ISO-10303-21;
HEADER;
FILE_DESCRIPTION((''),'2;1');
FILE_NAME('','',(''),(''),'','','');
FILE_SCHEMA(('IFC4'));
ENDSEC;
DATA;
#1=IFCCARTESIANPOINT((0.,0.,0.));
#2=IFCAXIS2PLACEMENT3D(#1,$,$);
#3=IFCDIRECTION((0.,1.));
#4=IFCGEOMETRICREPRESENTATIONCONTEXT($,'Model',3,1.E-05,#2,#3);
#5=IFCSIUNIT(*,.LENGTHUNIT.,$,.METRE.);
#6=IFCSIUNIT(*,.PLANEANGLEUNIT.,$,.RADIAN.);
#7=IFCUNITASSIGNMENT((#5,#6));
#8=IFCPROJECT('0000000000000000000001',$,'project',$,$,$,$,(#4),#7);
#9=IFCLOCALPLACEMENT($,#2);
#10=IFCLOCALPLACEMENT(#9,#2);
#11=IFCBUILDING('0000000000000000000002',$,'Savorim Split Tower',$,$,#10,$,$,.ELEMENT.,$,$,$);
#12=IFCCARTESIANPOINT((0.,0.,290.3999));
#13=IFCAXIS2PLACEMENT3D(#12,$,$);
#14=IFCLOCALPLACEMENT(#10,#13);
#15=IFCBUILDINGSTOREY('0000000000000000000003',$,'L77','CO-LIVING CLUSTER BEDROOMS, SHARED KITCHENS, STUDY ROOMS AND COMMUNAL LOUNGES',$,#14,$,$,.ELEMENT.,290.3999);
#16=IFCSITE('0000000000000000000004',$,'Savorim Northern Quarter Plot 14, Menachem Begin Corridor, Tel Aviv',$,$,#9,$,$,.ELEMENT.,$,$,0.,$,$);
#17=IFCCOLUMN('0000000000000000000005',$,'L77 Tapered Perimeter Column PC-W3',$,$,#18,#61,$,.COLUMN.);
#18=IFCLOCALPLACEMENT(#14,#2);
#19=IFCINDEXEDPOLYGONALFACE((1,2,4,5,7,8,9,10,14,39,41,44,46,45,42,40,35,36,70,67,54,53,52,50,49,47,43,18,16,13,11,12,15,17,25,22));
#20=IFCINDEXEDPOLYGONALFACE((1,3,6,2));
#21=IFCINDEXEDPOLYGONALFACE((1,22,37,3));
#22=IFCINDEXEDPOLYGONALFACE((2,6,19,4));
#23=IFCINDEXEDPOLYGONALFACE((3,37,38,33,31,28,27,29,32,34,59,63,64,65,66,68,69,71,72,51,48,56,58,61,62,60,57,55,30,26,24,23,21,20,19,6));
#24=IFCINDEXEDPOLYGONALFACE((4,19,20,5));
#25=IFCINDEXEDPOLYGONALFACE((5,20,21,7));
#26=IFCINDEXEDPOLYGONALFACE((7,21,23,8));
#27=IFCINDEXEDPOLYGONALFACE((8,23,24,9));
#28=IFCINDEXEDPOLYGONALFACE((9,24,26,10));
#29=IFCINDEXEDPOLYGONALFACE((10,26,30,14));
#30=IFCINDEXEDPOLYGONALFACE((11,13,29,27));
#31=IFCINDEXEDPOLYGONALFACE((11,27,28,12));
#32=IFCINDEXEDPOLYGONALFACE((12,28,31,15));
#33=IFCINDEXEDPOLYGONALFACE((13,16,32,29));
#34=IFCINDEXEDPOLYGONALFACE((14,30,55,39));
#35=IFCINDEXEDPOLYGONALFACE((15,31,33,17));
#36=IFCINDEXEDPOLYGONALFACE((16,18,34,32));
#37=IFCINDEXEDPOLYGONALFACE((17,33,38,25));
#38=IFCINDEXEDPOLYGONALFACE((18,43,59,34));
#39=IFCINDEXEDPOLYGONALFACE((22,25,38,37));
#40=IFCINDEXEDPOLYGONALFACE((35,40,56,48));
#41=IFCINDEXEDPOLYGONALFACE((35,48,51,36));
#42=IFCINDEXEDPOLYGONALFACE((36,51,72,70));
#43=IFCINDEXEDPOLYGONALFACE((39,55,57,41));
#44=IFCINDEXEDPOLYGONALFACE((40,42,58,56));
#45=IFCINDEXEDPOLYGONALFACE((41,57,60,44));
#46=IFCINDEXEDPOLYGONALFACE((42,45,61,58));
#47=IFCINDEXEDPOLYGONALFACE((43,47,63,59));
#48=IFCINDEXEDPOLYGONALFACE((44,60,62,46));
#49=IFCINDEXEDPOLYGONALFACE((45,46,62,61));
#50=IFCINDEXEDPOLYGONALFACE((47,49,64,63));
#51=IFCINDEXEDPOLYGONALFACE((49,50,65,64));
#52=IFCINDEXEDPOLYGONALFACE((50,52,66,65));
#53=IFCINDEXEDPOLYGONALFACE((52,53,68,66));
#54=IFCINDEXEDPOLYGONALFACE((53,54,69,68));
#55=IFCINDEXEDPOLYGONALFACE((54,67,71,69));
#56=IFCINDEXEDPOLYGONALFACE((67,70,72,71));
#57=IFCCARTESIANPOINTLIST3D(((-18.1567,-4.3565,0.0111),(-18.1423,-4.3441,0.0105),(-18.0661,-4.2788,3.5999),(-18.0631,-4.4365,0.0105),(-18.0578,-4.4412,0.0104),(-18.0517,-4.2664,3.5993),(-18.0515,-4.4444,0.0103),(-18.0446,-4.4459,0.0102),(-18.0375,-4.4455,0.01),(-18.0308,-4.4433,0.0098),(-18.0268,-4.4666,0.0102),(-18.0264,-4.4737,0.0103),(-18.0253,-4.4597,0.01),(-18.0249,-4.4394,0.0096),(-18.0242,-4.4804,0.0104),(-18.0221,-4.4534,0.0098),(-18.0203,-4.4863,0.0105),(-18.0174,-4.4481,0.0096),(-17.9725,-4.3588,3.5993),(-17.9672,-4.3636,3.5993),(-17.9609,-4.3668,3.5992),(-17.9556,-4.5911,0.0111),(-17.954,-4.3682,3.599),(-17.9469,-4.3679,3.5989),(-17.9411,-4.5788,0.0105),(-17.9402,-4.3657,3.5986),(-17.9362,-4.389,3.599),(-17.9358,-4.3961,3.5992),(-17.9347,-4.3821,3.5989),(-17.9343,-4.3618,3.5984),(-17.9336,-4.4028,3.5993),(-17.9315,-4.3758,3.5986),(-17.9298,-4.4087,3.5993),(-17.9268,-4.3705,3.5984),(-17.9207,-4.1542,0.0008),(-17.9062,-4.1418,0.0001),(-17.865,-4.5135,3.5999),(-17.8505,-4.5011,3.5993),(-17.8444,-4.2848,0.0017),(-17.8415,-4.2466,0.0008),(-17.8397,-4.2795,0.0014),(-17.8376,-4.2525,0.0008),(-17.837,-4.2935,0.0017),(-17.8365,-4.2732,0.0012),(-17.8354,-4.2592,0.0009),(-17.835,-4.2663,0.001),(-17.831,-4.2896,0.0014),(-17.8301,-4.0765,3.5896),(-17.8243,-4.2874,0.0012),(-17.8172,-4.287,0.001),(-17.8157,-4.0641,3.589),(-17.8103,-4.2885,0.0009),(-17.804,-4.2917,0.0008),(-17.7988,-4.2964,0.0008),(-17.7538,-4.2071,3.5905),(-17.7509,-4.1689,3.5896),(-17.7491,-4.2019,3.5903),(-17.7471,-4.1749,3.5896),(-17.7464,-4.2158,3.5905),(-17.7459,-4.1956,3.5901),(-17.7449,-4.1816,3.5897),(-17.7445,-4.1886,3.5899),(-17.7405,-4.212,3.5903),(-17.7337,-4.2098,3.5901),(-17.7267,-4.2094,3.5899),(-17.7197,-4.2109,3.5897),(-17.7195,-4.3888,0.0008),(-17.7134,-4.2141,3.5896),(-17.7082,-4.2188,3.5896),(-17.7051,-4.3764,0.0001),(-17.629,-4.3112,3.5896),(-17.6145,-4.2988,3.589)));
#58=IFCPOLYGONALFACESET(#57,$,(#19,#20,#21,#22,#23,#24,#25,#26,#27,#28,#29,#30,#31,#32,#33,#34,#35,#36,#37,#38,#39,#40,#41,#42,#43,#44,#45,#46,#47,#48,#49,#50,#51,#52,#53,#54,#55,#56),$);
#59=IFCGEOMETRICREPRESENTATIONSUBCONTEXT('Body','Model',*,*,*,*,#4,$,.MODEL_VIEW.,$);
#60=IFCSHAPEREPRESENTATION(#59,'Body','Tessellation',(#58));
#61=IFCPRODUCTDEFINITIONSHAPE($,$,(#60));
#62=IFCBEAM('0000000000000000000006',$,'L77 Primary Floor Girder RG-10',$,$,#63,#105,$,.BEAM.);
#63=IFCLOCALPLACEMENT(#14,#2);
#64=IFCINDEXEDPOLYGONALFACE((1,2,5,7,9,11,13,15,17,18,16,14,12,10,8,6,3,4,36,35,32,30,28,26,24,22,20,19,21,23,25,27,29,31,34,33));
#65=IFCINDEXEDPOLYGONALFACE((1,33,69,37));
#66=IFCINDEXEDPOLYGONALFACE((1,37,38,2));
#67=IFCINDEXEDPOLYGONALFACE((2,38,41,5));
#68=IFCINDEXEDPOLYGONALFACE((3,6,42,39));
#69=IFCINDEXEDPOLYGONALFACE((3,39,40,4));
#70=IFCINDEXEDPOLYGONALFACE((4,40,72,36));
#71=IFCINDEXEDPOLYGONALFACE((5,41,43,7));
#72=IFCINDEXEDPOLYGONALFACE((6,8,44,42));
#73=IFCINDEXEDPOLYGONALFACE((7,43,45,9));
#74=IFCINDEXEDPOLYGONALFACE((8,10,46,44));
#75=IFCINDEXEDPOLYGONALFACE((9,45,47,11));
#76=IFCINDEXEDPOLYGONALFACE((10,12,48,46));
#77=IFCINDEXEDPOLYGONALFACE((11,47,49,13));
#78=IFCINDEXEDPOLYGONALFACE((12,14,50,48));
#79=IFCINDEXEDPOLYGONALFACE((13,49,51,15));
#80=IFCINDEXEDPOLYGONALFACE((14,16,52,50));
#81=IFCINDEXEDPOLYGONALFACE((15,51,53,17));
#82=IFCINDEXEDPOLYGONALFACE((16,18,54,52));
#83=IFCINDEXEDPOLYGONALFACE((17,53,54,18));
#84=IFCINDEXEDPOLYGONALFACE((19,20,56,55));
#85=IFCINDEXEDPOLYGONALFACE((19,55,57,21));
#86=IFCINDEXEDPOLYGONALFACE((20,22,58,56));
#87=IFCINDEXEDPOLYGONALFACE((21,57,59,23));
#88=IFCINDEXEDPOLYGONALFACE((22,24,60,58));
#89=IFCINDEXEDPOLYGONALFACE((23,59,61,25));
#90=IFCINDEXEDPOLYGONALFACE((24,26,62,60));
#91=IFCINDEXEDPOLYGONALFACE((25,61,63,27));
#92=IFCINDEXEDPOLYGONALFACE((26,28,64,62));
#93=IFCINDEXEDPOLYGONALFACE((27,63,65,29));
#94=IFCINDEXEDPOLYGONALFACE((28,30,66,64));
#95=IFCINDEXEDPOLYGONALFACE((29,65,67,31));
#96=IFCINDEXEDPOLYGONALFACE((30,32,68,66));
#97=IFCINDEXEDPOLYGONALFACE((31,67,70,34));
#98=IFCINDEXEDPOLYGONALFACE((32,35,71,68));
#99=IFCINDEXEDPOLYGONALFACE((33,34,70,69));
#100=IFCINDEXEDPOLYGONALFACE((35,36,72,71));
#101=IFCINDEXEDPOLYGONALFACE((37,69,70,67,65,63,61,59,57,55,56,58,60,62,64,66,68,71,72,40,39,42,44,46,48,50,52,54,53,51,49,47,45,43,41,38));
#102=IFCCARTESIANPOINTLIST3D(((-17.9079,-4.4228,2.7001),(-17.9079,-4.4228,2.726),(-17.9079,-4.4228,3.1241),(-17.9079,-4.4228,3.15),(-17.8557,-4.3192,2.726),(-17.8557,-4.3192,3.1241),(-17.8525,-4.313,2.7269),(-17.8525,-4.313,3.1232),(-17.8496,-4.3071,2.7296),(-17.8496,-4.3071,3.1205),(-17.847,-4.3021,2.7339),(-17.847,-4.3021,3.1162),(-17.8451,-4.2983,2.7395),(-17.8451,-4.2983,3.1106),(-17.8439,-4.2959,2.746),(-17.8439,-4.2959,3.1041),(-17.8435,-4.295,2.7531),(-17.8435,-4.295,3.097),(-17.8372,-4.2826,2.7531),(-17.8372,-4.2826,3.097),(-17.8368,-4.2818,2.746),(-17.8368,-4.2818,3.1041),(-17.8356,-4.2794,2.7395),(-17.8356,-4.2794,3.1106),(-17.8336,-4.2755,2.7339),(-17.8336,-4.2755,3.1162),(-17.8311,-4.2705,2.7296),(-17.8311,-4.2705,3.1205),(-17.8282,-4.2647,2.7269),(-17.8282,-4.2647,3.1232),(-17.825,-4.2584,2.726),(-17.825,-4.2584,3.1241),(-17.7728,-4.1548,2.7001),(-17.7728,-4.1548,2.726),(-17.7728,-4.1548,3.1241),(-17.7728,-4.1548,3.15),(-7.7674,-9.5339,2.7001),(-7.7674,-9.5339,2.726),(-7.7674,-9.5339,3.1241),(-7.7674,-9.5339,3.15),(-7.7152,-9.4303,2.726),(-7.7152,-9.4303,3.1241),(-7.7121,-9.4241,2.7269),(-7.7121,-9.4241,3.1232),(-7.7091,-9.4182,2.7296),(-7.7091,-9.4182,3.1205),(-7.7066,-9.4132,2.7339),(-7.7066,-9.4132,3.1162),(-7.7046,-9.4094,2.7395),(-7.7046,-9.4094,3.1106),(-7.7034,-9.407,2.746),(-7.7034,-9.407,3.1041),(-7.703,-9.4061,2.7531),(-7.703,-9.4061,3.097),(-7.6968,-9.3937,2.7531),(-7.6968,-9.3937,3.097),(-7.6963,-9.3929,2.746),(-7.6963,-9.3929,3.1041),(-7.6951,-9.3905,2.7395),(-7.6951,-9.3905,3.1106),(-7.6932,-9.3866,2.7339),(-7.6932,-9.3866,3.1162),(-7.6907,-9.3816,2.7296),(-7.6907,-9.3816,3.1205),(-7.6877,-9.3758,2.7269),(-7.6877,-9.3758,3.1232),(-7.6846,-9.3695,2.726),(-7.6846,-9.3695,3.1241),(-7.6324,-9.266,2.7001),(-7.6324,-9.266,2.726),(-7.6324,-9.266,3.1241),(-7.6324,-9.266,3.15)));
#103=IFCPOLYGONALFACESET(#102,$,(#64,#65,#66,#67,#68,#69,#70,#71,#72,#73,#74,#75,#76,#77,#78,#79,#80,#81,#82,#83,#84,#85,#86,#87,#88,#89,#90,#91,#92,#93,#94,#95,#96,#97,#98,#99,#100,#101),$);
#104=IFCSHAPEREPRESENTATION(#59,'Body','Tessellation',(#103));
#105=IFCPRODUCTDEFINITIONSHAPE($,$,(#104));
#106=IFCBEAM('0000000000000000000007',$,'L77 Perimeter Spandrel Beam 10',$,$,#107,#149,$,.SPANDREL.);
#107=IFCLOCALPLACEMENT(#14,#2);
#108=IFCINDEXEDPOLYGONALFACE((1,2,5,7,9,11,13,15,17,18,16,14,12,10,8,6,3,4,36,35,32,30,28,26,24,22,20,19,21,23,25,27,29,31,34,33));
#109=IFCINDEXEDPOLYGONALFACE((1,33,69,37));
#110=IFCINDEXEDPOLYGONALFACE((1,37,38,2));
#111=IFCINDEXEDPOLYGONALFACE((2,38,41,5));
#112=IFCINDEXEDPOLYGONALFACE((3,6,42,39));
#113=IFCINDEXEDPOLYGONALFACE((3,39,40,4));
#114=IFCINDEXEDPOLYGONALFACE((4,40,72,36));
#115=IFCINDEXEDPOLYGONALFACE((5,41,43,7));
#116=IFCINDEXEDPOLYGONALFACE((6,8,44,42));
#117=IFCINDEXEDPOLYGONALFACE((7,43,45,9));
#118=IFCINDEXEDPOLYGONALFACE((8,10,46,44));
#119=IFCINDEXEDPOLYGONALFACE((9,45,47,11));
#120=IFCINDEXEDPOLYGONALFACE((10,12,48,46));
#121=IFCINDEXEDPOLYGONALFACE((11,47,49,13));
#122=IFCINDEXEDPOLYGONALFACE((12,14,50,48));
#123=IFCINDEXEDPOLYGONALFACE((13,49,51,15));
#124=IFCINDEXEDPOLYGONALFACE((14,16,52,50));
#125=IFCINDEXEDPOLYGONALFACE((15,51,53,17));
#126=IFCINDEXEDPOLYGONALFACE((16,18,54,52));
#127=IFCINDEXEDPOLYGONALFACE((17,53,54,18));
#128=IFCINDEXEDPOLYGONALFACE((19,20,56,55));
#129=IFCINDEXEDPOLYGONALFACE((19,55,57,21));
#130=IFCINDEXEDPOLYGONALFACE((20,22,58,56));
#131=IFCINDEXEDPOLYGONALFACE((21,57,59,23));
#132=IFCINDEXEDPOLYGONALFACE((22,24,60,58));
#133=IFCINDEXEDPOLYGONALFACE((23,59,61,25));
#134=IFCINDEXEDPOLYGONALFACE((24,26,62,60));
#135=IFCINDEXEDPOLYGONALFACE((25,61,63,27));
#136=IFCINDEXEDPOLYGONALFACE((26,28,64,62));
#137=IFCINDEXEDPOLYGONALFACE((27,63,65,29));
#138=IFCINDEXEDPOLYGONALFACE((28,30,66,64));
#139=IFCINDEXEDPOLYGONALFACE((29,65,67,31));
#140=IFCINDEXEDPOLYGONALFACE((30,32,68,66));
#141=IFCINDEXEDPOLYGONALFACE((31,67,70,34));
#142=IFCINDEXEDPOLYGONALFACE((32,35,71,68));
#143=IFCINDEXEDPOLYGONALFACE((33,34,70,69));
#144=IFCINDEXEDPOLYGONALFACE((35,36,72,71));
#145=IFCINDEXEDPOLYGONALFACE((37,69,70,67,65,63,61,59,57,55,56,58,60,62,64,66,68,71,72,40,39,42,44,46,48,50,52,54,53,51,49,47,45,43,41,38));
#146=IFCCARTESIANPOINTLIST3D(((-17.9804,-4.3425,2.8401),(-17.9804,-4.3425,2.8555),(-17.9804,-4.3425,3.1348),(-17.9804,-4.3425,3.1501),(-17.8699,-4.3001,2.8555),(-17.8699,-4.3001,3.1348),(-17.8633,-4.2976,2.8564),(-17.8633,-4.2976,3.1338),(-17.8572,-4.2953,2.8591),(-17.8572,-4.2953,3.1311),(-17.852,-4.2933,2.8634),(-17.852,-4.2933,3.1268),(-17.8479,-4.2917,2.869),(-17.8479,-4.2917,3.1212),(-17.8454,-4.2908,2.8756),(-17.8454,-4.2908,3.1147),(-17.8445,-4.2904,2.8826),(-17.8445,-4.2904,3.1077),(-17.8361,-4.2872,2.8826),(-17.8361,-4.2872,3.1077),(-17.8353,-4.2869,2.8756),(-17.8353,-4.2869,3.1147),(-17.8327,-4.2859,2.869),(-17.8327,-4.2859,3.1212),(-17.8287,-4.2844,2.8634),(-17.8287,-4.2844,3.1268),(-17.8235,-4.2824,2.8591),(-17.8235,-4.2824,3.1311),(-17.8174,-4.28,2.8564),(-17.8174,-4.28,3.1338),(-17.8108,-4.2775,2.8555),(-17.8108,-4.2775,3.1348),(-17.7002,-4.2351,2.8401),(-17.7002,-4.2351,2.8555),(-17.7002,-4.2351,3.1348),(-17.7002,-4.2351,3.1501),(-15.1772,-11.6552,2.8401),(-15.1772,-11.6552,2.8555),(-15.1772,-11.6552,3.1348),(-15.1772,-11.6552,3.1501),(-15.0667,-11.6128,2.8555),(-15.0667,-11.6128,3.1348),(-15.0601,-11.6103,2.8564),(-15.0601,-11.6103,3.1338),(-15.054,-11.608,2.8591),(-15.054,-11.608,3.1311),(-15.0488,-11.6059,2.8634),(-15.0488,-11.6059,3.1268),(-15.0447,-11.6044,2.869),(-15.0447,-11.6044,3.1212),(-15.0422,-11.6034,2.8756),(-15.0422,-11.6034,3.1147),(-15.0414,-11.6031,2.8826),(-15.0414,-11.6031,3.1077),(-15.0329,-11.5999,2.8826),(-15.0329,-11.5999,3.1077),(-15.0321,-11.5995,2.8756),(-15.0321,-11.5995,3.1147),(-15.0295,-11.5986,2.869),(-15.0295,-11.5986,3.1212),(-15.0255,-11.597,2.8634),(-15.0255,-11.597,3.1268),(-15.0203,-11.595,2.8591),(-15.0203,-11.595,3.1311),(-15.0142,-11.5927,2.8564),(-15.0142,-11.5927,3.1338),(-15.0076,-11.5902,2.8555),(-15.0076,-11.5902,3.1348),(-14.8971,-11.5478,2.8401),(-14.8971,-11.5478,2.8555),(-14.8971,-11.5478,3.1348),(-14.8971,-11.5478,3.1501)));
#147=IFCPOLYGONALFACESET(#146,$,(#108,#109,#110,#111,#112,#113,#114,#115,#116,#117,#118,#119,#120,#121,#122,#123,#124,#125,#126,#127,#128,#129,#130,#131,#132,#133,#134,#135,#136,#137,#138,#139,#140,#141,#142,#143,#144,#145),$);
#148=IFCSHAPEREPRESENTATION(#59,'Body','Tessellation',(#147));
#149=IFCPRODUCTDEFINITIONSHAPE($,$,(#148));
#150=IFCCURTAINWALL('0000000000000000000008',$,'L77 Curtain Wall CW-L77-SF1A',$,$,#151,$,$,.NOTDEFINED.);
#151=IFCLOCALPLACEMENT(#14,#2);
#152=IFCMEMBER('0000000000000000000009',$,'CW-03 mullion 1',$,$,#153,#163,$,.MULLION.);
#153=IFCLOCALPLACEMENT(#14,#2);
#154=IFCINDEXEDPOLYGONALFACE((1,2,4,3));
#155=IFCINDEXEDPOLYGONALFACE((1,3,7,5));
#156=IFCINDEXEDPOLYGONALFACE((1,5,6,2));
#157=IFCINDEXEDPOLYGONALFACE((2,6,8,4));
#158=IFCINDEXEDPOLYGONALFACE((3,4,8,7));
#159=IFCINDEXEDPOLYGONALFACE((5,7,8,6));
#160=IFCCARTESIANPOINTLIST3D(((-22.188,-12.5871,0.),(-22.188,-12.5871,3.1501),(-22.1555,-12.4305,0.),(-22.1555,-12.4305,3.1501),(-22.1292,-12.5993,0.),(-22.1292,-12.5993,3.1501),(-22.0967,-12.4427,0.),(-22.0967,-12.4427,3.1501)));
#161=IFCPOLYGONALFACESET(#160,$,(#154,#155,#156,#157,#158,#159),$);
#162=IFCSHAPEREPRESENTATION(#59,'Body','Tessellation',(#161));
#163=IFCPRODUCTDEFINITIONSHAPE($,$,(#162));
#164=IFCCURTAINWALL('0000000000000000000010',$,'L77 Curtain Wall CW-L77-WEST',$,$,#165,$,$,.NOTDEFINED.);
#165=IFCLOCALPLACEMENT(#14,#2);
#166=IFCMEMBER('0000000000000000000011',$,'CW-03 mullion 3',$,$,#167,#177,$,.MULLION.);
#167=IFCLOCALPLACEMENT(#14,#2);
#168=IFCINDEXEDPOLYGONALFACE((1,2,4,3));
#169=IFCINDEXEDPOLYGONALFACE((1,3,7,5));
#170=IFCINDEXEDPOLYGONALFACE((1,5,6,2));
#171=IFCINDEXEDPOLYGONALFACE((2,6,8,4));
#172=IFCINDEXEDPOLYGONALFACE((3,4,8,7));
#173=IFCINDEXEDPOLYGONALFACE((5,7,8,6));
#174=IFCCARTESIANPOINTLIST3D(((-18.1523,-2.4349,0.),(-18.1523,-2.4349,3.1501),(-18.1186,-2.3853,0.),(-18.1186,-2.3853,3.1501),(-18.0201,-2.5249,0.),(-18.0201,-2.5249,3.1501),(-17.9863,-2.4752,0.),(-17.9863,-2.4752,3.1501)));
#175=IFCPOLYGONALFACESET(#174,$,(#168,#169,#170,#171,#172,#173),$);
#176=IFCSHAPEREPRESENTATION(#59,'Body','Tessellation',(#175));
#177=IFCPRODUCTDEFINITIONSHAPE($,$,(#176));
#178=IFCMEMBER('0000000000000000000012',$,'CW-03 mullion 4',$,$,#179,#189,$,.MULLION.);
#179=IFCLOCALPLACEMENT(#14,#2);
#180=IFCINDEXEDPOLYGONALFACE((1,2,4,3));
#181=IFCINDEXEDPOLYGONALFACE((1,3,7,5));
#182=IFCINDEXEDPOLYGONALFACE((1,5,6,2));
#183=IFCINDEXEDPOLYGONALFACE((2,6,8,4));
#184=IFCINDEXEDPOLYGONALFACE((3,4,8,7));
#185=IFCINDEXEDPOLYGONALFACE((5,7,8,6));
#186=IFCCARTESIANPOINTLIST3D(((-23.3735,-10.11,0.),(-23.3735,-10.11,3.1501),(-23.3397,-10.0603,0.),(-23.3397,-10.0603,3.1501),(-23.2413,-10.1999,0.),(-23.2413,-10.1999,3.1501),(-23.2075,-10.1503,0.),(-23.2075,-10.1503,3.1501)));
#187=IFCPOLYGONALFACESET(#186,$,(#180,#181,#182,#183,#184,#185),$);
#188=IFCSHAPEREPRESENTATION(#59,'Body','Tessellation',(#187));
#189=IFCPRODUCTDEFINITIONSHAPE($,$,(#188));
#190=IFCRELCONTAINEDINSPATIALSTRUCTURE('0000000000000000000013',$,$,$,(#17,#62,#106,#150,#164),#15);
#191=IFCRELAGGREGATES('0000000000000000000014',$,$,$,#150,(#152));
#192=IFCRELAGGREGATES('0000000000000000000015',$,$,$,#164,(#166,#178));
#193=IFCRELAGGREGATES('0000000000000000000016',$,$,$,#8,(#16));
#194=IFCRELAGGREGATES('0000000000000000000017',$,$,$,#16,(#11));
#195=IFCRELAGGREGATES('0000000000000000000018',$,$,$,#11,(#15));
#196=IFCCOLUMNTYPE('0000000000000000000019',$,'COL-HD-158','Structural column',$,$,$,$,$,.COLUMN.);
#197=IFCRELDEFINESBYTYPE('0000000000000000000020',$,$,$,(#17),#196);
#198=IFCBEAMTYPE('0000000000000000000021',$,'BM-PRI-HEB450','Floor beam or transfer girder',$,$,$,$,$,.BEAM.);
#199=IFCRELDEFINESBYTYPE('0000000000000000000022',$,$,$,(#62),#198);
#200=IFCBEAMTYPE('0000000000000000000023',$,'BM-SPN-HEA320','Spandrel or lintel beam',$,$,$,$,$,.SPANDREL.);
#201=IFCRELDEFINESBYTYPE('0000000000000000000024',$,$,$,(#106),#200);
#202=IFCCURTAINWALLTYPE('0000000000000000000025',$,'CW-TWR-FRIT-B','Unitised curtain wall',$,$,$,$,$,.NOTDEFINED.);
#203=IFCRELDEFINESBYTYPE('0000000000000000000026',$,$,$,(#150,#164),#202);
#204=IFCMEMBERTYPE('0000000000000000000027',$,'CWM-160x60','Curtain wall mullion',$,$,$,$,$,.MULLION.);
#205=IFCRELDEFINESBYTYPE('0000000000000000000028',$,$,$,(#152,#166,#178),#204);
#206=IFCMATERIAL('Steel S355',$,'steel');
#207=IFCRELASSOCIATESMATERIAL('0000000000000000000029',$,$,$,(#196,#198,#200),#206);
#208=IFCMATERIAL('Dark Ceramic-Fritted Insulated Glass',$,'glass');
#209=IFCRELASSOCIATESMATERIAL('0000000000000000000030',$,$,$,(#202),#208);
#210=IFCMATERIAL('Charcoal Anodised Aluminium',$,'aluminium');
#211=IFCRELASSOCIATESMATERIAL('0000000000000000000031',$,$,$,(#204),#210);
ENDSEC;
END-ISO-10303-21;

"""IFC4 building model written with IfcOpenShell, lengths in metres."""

from ifc_helpers import new_model, si_unit, direction, frame, origin, origin_2d, place, context, subcontext, project, spatial, rectangle, i_section, extrude, material, material_profile, profile_set, type_object, element, aggregate, save


model = new_model("IFC4")

# Units and contexts
model_context = context("Model", 3, precision=1e-05, world=origin(), true_north=direction((0.0, 1.0)))
body_context = subcontext(model_context, "Body", "Model", "MODEL_VIEW")
ifc_project = project(units=[si_unit("LENGTHUNIT", "METRE"), si_unit("PLANEANGLEUNIT", "RADIAN")], contexts=[model_context])

# Site, building, storey
site_placement = place(None, origin())
site = spatial("IfcSite", under=ifc_project, at=site_placement, Name="Savorim Northern Quarter Plot 14, Menachem Begin Corridor, Tel Aviv", CompositionType="ELEMENT", RefElevation=0.0)
building_placement = place(site_placement, origin())
building = spatial("IfcBuilding", under=site, at=building_placement, Name="Savorim Split Tower", CompositionType="ELEMENT")
storey_placement = place(building_placement, frame((0.0, 0.0, 290.3999)))
storey = spatial("IfcBuildingStorey", under=building, at=storey_placement, Name="L77", Description="CO-LIVING CLUSTER BEDROOMS, SHARED KITCHENS, STUDY ROOMS AND COMMUNAL LOUNGES", CompositionType="ELEMENT", Elevation=290.3999)

# Column
ifc_material_1 = material(Name="Steel S355", Category="steel")
ifc_material_profile_1 = material_profile(ifc_material_1, i_section(OverallWidth=0.3091, OverallDepth=0.3301, WebThickness=0.0115, FlangeThickness=0.019, FilletRadius=0.0271, at=origin_2d()), Name="HD 320x158")
ifc_profile_set_1 = profile_set([ifc_material_profile_1], Name="Steel S355")
column_type = type_object("IfcColumnType", Name="COL-HD-158", Description="Structural column", PredefinedType="COLUMN", material=ifc_profile_set_1)
column_placement = place(storey_placement, frame((-17.9309, -4.3665, 0.0056), z_axis=(0.025224, 0.021621, 0.999448), x_axis=(-0.650791, 0.759257, 0.0)))
element("IfcColumn", 1, at=column_placement, inside=storey, type_object=column_type, Name="L77 Tapered Perimeter Column PC-W3", PredefinedType="COLUMN", context=body_context, shape_type="SweptSolid", body=[
    extrude(i_section(OverallWidth=0.3091, OverallDepth=0.3301, WebThickness=0.0115, FlangeThickness=0.019, FilletRadius=0.0271, at=origin_2d()), origin(), (0.0, 0.0, 1.0), 3.5908),
])

# Beams
ifc_material_profile_2 = material_profile(ifc_material_1, i_section(OverallWidth=0.3, OverallDepth=0.45, WebThickness=0.0139, FlangeThickness=0.0259, FilletRadius=0.0271, at=origin_2d()), Name="HEB 450")
ifc_profile_set_2 = profile_set([ifc_material_profile_2], Name="Steel S355")
beam_type_1 = type_object("IfcBeamType", Name="BM-PRI-HEB450", Description="Floor beam or transfer girder", PredefinedType="BEAM", material=ifc_profile_set_2)
beam_1_placement = place(storey_placement, frame((-17.8403, -4.2888, 2.925), z_axis=(0.892982, -0.450092, 0.0), x_axis=(0.450092, 0.892982, 0.0)))
element("IfcBeam", 2, at=beam_1_placement, inside=storey, type_object=beam_type_1, Name="L77 Primary Floor Girder RG-10", PredefinedType="BEAM", context=body_context, shape_type="SweptSolid", body=[
    extrude(i_section(OverallWidth=0.3, OverallDepth=0.45, WebThickness=0.0139, FlangeThickness=0.0259, FilletRadius=0.0271, at=origin_2d()), origin(), (0.0, 0.0, 1.0), 11.3557),
])
ifc_material_profile_3 = material_profile(ifc_material_1, i_section(OverallWidth=0.3, OverallDepth=0.3101, WebThickness=0.009, FlangeThickness=0.0154, FilletRadius=0.0271, at=origin_2d()), Name="HEA 320")
ifc_profile_set_3 = profile_set([ifc_material_profile_3], Name="Steel S355")
beam_type_2 = type_object("IfcBeamType", Name="BM-SPN-HEA320", Description="Spandrel or lintel beam", PredefinedType="SPANDREL", material=ifc_profile_set_3)
beam_2_placement = place(storey_placement, frame((-17.8403, -4.2888, 2.9951), z_axis=(0.357936, -0.933746, 0.0), x_axis=(0.933746, 0.357936, 0.0)))
element("IfcBeam", 3, at=beam_2_placement, inside=storey, type_object=beam_type_2, Name="L77 Perimeter Spandrel Beam 10", PredefinedType="SPANDREL", context=body_context, shape_type="SweptSolid", body=[
    extrude(i_section(OverallWidth=0.3, OverallDepth=0.3101, WebThickness=0.009, FlangeThickness=0.0154, FilletRadius=0.0271, at=origin_2d()), origin(), (0.0, 0.0, 1.0), 7.8315),
])

# Curtain wall, member
ifc_material_2 = material(Name="Dark Ceramic-Fritted Insulated Glass", Category="glass")
curtain_wall_type = type_object("IfcCurtainWallType", Name="CW-TWR-FRIT-B", Description="Unitised curtain wall", PredefinedType="NOTDEFINED", material=ifc_material_2)
curtain_wall_1_placement = place(storey_placement, origin())
curtain_wall_1 = element("IfcCurtainWall", 4, at=curtain_wall_1_placement, inside=storey, type_object=curtain_wall_type, Name="L77 Curtain Wall CW-L77-SF1A", PredefinedType="NOTDEFINED")
ifc_material_3 = material(Name="Charcoal Anodised Aluminium", Category="aluminium")
ifc_material_profile_4 = material_profile(ifc_material_3, rectangle(XDim=0.1599, YDim=0.0601, at=origin_2d()), Name="ALU-M 160x60")
ifc_profile_set_4 = profile_set([ifc_material_profile_4], Name="Charcoal Anodised Aluminium")
member_type_1 = type_object("IfcMemberType", Name="CWM-160x60", Description="Curtain wall mullion", PredefinedType="MULLION", material=ifc_profile_set_4)
member_1_placement = place(storey_placement, frame((-22.1423, -12.5149, 0.0), z_axis=(0.0, 0.0, 1.0), x_axis=(0.203215, 0.979134, 0.0)))
member_1 = element("IfcMember", 5, at=member_1_placement, type_object=member_type_1, Name="CW-03 mullion 1", PredefinedType="MULLION", context=body_context, shape_type="SweptSolid", body=[
    extrude(rectangle(XDim=0.1599, YDim=0.0601, at=origin_2d()), origin(), (0.0, 0.0, 1.0), 3.1501),
])

# Curtain wall, members
curtain_wall_2_placement = place(storey_placement, origin())
curtain_wall_2 = element("IfcCurtainWall", 6, at=curtain_wall_2_placement, inside=storey, type_object=curtain_wall_type, Name="L77 Curtain Wall CW-L77-WEST", PredefinedType="NOTDEFINED")
member_2_placement = place(storey_placement, frame((-18.0693, -2.4551, 0.0), z_axis=(0.0, 0.0, 1.0), x_axis=(0.826818, -0.56247, 0.0)))
member_2 = element("IfcMember", 7, at=member_2_placement, type_object=member_type_1, Name="CW-03 mullion 3", PredefinedType="MULLION", context=body_context, shape_type="SweptSolid", body=[
    extrude(rectangle(XDim=0.1599, YDim=0.0601, at=origin_2d()), origin(), (0.0, 0.0, 1.0), 3.1501),
])
member_3_placement = place(storey_placement, frame((-23.2905, -10.1301, 0.0), z_axis=(0.0, 0.0, 1.0), x_axis=(0.826818, -0.56247, 0.0)))
member_3 = element("IfcMember", 8, at=member_3_placement, type_object=member_type_1, Name="CW-03 mullion 4", PredefinedType="MULLION", context=body_context, shape_type="SweptSolid", body=[
    extrude(rectangle(XDim=0.1599, YDim=0.0601, at=origin_2d()), origin(), (0.0, 0.0, 1.0), 3.1501),
])

aggregate(curtain_wall_1, [member_1])
aggregate(curtain_wall_2, [member_2, member_3])

save(model, "model.ifc")
